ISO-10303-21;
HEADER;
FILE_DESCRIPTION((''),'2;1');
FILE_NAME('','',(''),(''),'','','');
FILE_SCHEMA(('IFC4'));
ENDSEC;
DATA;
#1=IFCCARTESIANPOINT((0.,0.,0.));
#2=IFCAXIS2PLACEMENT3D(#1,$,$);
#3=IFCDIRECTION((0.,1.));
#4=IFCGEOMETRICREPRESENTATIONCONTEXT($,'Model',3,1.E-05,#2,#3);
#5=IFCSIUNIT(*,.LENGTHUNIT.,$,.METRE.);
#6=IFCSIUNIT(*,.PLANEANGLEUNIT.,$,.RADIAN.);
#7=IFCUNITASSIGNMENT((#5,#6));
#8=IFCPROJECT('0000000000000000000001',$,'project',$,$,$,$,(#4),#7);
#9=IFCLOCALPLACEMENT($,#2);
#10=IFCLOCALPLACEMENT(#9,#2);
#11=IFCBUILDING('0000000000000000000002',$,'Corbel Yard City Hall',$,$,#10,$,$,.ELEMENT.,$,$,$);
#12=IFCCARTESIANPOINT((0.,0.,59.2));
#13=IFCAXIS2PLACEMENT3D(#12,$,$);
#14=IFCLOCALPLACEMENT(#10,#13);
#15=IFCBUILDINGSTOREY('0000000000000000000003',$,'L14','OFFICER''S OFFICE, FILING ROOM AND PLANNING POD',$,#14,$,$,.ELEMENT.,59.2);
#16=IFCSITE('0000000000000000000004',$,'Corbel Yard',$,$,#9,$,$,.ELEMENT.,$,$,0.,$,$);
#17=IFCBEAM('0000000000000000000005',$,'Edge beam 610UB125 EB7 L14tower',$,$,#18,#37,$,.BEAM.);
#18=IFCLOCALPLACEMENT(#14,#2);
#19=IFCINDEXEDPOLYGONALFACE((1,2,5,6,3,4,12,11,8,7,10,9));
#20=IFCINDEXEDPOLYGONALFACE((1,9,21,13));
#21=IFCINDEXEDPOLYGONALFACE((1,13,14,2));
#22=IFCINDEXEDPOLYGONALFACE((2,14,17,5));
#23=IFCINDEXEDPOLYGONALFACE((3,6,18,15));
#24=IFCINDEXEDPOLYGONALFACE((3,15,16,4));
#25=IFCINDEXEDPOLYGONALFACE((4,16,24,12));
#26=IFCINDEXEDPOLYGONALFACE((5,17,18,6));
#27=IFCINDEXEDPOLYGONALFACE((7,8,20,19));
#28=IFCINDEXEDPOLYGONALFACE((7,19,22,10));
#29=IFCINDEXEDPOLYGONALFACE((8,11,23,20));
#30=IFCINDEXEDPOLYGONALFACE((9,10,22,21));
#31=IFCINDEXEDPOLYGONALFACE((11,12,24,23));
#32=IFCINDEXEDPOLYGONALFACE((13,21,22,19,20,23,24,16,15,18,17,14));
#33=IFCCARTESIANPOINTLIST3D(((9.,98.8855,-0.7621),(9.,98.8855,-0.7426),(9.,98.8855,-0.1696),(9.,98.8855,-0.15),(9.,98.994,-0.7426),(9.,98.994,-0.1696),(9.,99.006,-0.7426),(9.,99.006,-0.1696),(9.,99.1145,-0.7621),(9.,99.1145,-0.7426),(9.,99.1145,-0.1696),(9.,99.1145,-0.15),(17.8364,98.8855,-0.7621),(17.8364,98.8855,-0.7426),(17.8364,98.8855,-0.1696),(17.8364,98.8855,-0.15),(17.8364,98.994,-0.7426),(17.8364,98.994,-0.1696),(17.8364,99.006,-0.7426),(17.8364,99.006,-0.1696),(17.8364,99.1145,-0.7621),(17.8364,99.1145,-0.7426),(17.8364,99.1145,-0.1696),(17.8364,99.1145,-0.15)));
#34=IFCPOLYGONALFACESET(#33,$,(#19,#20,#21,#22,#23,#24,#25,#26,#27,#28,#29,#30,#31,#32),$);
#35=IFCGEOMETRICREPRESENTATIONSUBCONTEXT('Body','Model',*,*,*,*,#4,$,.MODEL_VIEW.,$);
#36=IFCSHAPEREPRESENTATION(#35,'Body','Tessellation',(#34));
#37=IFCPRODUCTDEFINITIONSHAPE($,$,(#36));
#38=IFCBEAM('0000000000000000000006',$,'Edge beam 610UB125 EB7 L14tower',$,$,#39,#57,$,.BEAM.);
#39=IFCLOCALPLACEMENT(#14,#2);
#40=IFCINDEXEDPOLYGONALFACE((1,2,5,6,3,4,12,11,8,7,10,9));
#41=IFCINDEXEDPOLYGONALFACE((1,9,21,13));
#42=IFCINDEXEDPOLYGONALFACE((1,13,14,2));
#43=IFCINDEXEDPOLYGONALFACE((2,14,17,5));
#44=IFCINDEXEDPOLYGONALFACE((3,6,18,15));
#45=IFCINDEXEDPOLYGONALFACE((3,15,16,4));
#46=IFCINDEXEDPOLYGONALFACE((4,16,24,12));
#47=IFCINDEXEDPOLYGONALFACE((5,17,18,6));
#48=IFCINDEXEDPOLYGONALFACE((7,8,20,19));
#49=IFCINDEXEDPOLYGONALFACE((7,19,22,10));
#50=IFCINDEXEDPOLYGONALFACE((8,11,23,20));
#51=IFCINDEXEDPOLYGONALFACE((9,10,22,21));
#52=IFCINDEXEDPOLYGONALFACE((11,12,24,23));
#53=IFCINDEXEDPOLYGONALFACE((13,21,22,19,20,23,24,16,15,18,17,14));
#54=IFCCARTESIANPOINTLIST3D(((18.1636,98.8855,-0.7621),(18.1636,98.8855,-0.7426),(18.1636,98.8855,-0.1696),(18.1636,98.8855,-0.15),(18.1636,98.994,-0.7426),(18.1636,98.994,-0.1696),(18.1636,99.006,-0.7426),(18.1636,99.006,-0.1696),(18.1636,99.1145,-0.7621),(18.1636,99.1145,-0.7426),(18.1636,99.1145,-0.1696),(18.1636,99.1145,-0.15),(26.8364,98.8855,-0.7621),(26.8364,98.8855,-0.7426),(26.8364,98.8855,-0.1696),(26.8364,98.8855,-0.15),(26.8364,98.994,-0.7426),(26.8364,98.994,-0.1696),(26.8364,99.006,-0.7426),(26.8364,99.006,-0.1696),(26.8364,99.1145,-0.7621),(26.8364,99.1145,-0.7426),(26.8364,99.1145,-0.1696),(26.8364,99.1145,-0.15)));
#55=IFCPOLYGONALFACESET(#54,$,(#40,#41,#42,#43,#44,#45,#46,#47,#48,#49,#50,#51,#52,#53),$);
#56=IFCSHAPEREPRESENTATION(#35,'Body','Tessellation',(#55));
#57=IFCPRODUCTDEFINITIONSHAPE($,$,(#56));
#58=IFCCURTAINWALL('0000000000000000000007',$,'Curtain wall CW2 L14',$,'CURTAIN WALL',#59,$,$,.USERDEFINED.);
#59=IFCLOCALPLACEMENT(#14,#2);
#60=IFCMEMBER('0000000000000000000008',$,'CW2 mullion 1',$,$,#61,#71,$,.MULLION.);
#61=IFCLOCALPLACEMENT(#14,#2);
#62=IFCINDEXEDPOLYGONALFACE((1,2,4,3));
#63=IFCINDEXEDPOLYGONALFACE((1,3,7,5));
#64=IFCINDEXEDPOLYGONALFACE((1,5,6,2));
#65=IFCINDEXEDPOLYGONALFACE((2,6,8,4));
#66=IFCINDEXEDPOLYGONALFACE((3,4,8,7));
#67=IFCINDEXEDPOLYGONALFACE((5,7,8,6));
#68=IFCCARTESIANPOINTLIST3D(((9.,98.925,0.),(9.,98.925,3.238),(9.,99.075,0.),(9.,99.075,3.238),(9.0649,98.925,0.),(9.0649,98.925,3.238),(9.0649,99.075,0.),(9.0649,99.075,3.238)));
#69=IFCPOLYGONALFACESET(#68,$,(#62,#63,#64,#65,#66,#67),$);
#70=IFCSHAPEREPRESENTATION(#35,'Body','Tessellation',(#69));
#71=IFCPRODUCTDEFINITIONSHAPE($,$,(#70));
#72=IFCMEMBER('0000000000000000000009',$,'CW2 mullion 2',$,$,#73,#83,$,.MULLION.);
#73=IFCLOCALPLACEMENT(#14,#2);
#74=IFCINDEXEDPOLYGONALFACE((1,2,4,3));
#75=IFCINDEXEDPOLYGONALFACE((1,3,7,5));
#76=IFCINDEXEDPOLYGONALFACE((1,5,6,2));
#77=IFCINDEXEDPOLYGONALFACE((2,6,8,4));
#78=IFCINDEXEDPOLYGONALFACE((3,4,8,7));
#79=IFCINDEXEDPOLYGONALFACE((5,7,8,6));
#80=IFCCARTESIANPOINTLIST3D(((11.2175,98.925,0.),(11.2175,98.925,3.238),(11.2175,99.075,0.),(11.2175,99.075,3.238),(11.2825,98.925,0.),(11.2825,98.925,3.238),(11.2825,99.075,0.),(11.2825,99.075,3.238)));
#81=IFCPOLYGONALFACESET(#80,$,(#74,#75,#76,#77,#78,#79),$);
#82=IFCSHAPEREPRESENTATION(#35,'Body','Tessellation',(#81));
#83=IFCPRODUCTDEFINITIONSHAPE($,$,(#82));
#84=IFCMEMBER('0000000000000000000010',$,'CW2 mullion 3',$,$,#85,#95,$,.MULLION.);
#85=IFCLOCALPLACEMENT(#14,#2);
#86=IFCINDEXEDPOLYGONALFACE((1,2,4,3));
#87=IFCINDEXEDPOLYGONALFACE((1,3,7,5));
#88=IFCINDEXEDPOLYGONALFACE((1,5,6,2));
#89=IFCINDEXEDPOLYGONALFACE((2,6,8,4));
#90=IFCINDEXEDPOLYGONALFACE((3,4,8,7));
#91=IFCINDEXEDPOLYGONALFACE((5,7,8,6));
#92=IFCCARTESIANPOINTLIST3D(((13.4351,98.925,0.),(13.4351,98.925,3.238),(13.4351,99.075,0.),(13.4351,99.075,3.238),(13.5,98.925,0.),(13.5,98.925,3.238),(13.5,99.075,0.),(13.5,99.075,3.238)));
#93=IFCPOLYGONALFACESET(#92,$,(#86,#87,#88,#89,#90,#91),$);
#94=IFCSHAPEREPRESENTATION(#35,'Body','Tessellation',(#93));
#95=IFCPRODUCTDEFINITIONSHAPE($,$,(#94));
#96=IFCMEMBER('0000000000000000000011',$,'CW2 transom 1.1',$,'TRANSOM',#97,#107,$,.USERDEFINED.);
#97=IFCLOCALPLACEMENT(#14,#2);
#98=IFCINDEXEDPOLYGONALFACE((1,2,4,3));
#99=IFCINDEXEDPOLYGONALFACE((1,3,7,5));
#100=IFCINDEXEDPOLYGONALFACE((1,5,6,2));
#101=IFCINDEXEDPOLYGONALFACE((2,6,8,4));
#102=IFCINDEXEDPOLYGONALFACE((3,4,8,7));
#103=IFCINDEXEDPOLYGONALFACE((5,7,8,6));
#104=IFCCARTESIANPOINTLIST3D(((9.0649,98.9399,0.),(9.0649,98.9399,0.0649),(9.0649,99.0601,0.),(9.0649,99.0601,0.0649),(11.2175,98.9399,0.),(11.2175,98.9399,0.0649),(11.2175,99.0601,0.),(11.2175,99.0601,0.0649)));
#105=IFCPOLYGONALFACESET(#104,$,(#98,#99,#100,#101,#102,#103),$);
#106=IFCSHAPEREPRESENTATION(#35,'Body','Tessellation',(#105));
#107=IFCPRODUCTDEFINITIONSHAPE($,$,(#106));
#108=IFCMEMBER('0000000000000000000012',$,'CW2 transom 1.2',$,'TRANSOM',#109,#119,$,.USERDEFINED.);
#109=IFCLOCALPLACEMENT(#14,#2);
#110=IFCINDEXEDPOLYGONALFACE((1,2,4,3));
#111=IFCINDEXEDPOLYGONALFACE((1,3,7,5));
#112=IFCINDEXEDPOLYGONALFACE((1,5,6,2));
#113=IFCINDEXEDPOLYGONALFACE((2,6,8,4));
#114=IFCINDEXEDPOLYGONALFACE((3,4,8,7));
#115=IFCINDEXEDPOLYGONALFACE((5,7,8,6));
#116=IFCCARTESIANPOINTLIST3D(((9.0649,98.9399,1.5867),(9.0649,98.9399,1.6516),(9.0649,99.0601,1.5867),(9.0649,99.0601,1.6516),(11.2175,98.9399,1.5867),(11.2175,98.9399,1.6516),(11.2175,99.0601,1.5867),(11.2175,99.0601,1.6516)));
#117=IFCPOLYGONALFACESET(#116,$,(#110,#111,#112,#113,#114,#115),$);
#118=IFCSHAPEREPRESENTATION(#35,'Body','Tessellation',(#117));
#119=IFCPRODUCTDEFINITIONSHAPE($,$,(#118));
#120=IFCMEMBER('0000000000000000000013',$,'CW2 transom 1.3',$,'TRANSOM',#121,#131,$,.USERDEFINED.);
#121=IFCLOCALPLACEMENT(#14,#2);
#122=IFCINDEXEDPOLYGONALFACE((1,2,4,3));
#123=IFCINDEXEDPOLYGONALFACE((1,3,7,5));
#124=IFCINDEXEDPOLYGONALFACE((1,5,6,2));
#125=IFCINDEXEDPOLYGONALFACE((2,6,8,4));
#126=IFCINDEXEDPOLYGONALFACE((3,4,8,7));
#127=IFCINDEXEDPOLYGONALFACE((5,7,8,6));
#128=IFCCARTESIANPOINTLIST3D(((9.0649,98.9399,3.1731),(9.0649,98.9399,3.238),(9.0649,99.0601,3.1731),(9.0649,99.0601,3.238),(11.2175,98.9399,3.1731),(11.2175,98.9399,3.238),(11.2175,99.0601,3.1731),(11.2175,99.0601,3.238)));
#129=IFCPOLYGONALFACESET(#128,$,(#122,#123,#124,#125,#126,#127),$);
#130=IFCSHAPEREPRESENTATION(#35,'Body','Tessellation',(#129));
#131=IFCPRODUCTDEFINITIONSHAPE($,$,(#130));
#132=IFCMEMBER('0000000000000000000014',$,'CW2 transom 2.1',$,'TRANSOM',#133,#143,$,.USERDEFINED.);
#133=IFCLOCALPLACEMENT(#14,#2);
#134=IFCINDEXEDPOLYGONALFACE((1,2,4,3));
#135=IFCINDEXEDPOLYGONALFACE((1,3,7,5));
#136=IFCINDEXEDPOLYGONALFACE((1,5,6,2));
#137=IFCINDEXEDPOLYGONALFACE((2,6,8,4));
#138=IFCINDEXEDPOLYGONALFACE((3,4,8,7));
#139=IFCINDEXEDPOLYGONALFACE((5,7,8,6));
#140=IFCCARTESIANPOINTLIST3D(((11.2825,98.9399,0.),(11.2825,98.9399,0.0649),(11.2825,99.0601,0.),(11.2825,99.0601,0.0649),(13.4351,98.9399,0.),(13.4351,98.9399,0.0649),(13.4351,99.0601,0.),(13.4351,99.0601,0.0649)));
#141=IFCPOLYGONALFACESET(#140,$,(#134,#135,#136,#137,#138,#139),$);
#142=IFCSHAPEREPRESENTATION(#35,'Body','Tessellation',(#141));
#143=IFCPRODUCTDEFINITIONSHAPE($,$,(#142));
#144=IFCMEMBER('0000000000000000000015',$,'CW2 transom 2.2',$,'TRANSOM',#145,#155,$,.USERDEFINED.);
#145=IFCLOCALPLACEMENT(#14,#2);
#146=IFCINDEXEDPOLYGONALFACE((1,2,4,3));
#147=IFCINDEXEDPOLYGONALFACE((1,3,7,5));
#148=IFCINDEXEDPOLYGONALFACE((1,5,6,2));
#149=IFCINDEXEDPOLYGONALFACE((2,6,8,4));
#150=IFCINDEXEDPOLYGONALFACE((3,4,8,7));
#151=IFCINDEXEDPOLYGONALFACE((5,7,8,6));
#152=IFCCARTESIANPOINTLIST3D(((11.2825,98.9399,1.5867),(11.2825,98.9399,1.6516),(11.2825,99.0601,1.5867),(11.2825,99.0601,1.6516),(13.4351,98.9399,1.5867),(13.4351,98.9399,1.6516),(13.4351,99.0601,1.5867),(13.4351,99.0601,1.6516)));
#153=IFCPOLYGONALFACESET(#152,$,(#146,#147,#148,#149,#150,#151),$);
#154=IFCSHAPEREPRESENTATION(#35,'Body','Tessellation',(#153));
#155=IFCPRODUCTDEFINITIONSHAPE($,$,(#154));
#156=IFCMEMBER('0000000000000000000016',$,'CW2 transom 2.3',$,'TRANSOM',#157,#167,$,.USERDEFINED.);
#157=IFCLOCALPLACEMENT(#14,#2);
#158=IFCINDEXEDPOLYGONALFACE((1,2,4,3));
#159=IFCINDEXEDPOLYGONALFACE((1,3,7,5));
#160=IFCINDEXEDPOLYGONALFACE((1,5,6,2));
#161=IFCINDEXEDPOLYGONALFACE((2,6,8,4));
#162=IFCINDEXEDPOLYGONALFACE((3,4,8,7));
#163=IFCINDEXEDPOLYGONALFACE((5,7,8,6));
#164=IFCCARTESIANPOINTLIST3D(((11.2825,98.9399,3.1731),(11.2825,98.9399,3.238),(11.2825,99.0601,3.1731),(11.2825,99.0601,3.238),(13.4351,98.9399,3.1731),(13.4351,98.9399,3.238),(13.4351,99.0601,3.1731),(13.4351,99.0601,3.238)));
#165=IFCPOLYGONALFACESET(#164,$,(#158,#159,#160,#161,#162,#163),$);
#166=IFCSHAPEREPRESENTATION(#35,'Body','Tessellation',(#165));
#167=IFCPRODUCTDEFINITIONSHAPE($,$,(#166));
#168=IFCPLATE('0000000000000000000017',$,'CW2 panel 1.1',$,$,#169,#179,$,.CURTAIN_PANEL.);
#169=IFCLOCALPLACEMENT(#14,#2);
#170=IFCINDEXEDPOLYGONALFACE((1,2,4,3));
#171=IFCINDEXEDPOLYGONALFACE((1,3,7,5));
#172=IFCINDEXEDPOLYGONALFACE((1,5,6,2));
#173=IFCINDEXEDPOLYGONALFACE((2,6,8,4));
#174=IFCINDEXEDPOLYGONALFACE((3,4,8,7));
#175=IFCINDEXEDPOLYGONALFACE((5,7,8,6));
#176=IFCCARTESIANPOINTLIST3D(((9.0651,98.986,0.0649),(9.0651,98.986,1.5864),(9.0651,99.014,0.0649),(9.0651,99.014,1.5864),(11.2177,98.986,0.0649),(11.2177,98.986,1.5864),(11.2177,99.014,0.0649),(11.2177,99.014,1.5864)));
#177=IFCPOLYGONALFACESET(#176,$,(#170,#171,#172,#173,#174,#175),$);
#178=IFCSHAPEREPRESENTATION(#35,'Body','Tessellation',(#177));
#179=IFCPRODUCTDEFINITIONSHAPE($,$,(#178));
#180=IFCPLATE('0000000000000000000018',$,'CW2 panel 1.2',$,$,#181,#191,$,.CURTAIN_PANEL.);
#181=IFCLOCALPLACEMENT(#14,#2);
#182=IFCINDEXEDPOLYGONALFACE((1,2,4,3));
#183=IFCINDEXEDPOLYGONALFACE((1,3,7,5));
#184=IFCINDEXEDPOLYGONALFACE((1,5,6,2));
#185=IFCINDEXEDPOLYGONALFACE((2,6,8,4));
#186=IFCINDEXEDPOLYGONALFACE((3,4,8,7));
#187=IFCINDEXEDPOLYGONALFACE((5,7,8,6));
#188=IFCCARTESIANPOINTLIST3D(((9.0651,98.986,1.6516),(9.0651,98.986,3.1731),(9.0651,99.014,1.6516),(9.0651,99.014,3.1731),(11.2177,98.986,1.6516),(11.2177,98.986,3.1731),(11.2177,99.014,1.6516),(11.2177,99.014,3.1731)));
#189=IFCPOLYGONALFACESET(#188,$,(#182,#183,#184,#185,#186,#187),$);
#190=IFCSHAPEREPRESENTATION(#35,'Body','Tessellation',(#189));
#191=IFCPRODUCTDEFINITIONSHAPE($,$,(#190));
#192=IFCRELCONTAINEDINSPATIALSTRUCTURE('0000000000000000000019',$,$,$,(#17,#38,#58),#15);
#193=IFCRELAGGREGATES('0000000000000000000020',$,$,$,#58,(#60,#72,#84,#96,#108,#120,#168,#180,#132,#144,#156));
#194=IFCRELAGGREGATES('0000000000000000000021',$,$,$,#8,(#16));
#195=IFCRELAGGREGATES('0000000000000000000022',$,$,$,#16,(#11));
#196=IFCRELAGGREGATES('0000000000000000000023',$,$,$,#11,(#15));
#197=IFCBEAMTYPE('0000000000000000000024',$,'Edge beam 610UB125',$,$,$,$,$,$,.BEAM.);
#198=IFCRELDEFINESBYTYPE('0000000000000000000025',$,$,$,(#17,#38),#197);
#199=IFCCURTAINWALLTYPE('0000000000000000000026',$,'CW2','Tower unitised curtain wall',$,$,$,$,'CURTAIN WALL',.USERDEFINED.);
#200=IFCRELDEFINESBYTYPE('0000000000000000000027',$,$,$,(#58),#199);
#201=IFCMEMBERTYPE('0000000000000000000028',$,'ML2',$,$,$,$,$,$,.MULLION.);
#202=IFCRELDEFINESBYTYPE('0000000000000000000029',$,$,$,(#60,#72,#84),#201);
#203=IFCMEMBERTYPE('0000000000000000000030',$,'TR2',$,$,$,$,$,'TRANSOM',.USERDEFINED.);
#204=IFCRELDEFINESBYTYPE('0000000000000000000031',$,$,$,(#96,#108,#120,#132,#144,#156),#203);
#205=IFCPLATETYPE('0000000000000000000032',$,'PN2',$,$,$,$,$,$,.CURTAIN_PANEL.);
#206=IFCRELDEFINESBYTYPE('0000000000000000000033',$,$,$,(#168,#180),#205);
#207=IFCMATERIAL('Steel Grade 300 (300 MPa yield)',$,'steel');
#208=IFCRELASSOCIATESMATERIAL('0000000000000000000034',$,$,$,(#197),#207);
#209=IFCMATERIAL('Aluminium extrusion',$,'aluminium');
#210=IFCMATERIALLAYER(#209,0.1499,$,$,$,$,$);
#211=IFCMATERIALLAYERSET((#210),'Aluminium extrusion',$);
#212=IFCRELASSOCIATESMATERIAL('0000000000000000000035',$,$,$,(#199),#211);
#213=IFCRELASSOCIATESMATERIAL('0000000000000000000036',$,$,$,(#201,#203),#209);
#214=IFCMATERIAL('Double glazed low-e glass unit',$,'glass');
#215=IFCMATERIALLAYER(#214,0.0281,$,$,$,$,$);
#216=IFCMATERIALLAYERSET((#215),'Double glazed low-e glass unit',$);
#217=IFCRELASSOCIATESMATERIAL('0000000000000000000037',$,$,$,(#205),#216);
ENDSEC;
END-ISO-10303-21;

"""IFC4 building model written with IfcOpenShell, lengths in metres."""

from ifc_helpers import new_model, si_unit, direction, frame, origin, origin_2d, place, context, subcontext, project, spatial, rectangle, i_section, extrude, material, layer, layer_set, material_profile, profile_set, type_object, element, aggregate, save


model = new_model("IFC4")

# Units and contexts
model_context = context("Model", 3, precision=1e-05, world=origin(), true_north=direction((0.0, 1.0)))
body_context = subcontext(model_context, "Body", "Model", "MODEL_VIEW")
ifc_project = project(units=[si_unit("LENGTHUNIT", "METRE"), si_unit("PLANEANGLEUNIT", "RADIAN")], contexts=[model_context])

# Site, building, storey
site_placement = place(None, origin())
site = spatial("IfcSite", under=ifc_project, at=site_placement, Name="Corbel Yard", CompositionType="ELEMENT", RefElevation=0.0)
building_placement = place(site_placement, origin())
building = spatial("IfcBuilding", under=site, at=building_placement, Name="Corbel Yard City Hall", CompositionType="ELEMENT")
storey_placement = place(building_placement, frame((0.0, 0.0, 59.2)))
storey = spatial("IfcBuildingStorey", under=building, at=storey_placement, Name="L14", Description="OFFICER'S OFFICE, FILING ROOM AND PLANNING POD", CompositionType="ELEMENT", Elevation=59.2)

# Beams
ifc_material_1 = material(Name="Steel Grade 300 (300 MPa yield)", Category="steel")
ifc_material_profile_1 = material_profile(ifc_material_1, i_section(OverallWidth=0.229, OverallDepth=0.6121, WebThickness=0.012, FlangeThickness=0.0195, at=origin_2d()), Name="610UB125")
ifc_profile_set_1 = profile_set([ifc_material_profile_1], Name="Steel Grade 300 (300 MPa yield)")
beam_type = type_object("IfcBeamType", Name="Edge beam 610UB125", PredefinedType="BEAM", material=ifc_profile_set_1)
beam_1_placement = place(storey_placement, frame((9.0, 99.0, -0.4561), z_axis=(1.0, 0.0, 0.0), x_axis=(0.0, 1.0, 0.0)))
element("IfcBeam", 1, at=beam_1_placement, inside=storey, type_object=beam_type, Name="Edge beam 610UB125 EB7 L14tower", PredefinedType="BEAM", context=body_context, shape_type="SweptSolid", body=[
    extrude(i_section(OverallWidth=0.229, OverallDepth=0.6121, WebThickness=0.012, FlangeThickness=0.0195, at=origin_2d()), origin(), (0.0, 0.0, 1.0), 8.8364),
])
beam_2_placement = place(storey_placement, frame((18.1636, 99.0, -0.4561), z_axis=(1.0, 0.0, 0.0), x_axis=(0.0, 1.0, 0.0)))
element("IfcBeam", 2, at=beam_2_placement, inside=storey, type_object=beam_type, Name="Edge beam 610UB125 EB7 L14tower", PredefinedType="BEAM", context=body_context, shape_type="SweptSolid", body=[
    extrude(i_section(OverallWidth=0.229, OverallDepth=0.6121, WebThickness=0.012, FlangeThickness=0.0195, at=origin_2d()), origin(), (0.0, 0.0, 1.0), 8.6729),
])

# Curtain wall, members, plates
ifc_material_2 = material(Name="Aluminium extrusion", Category="aluminium")
ifc_layer_1 = layer(ifc_material_2, 0.1499)
ifc_layer_set_1 = layer_set([ifc_layer_1], Name="Aluminium extrusion")
curtain_wall_type = type_object("IfcCurtainWallType", Name="CW2", Description="Tower unitised curtain wall", ElementType="CURTAIN WALL", PredefinedType="USERDEFINED", material=ifc_layer_set_1)
curtain_wall_placement = place(storey_placement, origin())
curtain_wall = element("IfcCurtainWall", 3, at=curtain_wall_placement, inside=storey, type_object=curtain_wall_type, Name="Curtain wall CW2 L14", ObjectType="CURTAIN WALL", PredefinedType="USERDEFINED")
ifc_material_profile_2 = material_profile(ifc_material_2, rectangle(XDim=0.1499, YDim=0.0649, at=origin_2d()), Name="150x65")
ifc_profile_set_2 = profile_set([ifc_material_profile_2], Name="Aluminium extrusion")
member_type_1 = type_object("IfcMemberType", Name="ML2", PredefinedType="MULLION", material=ifc_profile_set_2)
member_1_placement = place(storey_placement, frame((9.0325, 99.0, 0.0), z_axis=(0.0, 0.0, 1.0), x_axis=(0.0, 1.0, 0.0)))
member_1 = element("IfcMember", 4, at=member_1_placement, type_object=member_type_1, Name="CW2 mullion 1", PredefinedType="MULLION", context=body_context, shape_type="SweptSolid", body=[
    extrude(rectangle(XDim=0.1499, YDim=0.0649, at=origin_2d()), origin(), (0.0, 0.0, 1.0), 3.238),
])
member_2_placement = place(storey_placement, frame((11.25, 99.0, 0.0), z_axis=(0.0, 0.0, 1.0), x_axis=(0.0, 1.0, 0.0)))
member_2 = element("IfcMember", 5, at=member_2_placement, type_object=member_type_1, Name="CW2 mullion 2", PredefinedType="MULLION", context=body_context, shape_type="SweptSolid", body=[
    extrude(rectangle(XDim=0.1499, YDim=0.0649, at=origin_2d()), origin(), (0.0, 0.0, 1.0), 3.238),
])
member_3_placement = place(storey_placement, frame((13.4675, 99.0, 0.0), z_axis=(0.0, 0.0, 1.0), x_axis=(0.0, 1.0, 0.0)))
member_3 = element("IfcMember", 6, at=member_3_placement, type_object=member_type_1, Name="CW2 mullion 3", PredefinedType="MULLION", context=body_context, shape_type="SweptSolid", body=[
    extrude(rectangle(XDim=0.1499, YDim=0.0649, at=origin_2d()), origin(), (0.0, 0.0, 1.0), 3.238),
])
ifc_material_profile_3 = material_profile(ifc_material_2, rectangle(XDim=0.1201, YDim=0.0649, at=origin_2d()), Name="120x65")
ifc_profile_set_3 = profile_set([ifc_material_profile_3], Name="Aluminium extrusion")
member_type_2 = type_object("IfcMemberType", Name="TR2", ElementType="TRANSOM", PredefinedType="USERDEFINED", material=ifc_profile_set_3)
member_4_placement = place(storey_placement, frame((9.0649, 99.0, 0.0325), z_axis=(1.0, 0.0, 0.0), x_axis=(0.0, 1.0, 0.0)))
member_4 = element("IfcMember", 7, at=member_4_placement, type_object=member_type_2, Name="CW2 transom 1.1", ObjectType="TRANSOM", PredefinedType="USERDEFINED", context=body_context, shape_type="SweptSolid", body=[
    extrude(rectangle(XDim=0.1201, YDim=0.0649, at=origin_2d()), origin(), (0.0, 0.0, 1.0), 2.1526),
])
member_5_placement = place(storey_placement, frame((9.0649, 99.0, 1.6191), z_axis=(1.0, 0.0, 0.0), x_axis=(0.0, 1.0, 0.0)))
member_5 = element("IfcMember", 8, at=member_5_placement, type_object=member_type_2, Name="CW2 transom 1.2", ObjectType="TRANSOM", PredefinedType="USERDEFINED", context=body_context, shape_type="SweptSolid", body=[
    extrude(rectangle(XDim=0.1201, YDim=0.0649, at=origin_2d()), origin(), (0.0, 0.0, 1.0), 2.1526),
])
member_6_placement = place(storey_placement, frame((9.0649, 99.0, 3.2056), z_axis=(1.0, 0.0, 0.0), x_axis=(0.0, 1.0, 0.0)))
member_6 = element("IfcMember", 9, at=member_6_placement, type_object=member_type_2, Name="CW2 transom 1.3", ObjectType="TRANSOM", PredefinedType="USERDEFINED", context=body_context, shape_type="SweptSolid", body=[
    extrude(rectangle(XDim=0.1201, YDim=0.0649, at=origin_2d()), origin(), (0.0, 0.0, 1.0), 2.1526),
])
member_7_placement = place(storey_placement, frame((11.2825, 99.0, 0.0325), z_axis=(1.0, 0.0, 0.0), x_axis=(0.0, 1.0, 0.0)))
member_7 = element("IfcMember", 10, at=member_7_placement, type_object=member_type_2, Name="CW2 transom 2.1", ObjectType="TRANSOM", PredefinedType="USERDEFINED", context=body_context, shape_type="SweptSolid", body=[
    extrude(rectangle(XDim=0.1201, YDim=0.0649, at=origin_2d()), origin(), (0.0, 0.0, 1.0), 2.1526),
])
member_8_placement = place(storey_placement, frame((11.2825, 99.0, 1.6191), z_axis=(1.0, 0.0, 0.0), x_axis=(0.0, 1.0, 0.0)))
member_8 = element("IfcMember", 11, at=member_8_placement, type_object=member_type_2, Name="CW2 transom 2.2", ObjectType="TRANSOM", PredefinedType="USERDEFINED", context=body_context, shape_type="SweptSolid", body=[
    extrude(rectangle(XDim=0.1201, YDim=0.0649, at=origin_2d()), origin(), (0.0, 0.0, 1.0), 2.1526),
])
member_9_placement = place(storey_placement, frame((11.2825, 99.0, 3.2056), z_axis=(1.0, 0.0, 0.0), x_axis=(0.0, 1.0, 0.0)))
member_9 = element("IfcMember", 12, at=member_9_placement, type_object=member_type_2, Name="CW2 transom 2.3", ObjectType="TRANSOM", PredefinedType="USERDEFINED", context=body_context, shape_type="SweptSolid", body=[
    extrude(rectangle(XDim=0.1201, YDim=0.0649, at=origin_2d()), origin(), (0.0, 0.0, 1.0), 2.1526),
])
ifc_material_3 = material(Name="Double glazed low-e glass unit", Category="glass")
ifc_layer_2 = layer(ifc_material_3, 0.0281)
ifc_layer_set_2 = layer_set([ifc_layer_2], Name="Double glazed low-e glass unit")
plate_type = type_object("IfcPlateType", Name="PN2", PredefinedType="CURTAIN_PANEL", material=ifc_layer_set_2)
plate_1_placement = place(storey_placement, frame((10.1414, 99.0, 0.0649), z_axis=(0.0, 0.0, 1.0), x_axis=(1.0, 0.0, 0.0)))
plate_1 = element("IfcPlate", 13, at=plate_1_placement, type_object=plate_type, Name="CW2 panel 1.1", PredefinedType="CURTAIN_PANEL", context=body_context, shape_type="SweptSolid", body=[
    extrude(rectangle(XDim=2.1526, YDim=0.0281, at=origin_2d()), origin(), (0.0, 0.0, 1.0), 1.5215),
])
plate_2_placement = place(storey_placement, frame((10.1414, 99.0, 1.6516), z_axis=(0.0, 0.0, 1.0), x_axis=(1.0, 0.0, 0.0)))
plate_2 = element("IfcPlate", 14, at=plate_2_placement, type_object=plate_type, Name="CW2 panel 1.2", PredefinedType="CURTAIN_PANEL", context=body_context, shape_type="SweptSolid", body=[
    extrude(rectangle(XDim=2.1526, YDim=0.0281, at=origin_2d()), origin(), (0.0, 0.0, 1.0), 1.5215),
])
aggregate(curtain_wall, [member_1, member_2, member_3, member_4, member_5, member_6, plate_1, plate_2, member_7, member_8, member_9])

save(model, "model.ifc")
